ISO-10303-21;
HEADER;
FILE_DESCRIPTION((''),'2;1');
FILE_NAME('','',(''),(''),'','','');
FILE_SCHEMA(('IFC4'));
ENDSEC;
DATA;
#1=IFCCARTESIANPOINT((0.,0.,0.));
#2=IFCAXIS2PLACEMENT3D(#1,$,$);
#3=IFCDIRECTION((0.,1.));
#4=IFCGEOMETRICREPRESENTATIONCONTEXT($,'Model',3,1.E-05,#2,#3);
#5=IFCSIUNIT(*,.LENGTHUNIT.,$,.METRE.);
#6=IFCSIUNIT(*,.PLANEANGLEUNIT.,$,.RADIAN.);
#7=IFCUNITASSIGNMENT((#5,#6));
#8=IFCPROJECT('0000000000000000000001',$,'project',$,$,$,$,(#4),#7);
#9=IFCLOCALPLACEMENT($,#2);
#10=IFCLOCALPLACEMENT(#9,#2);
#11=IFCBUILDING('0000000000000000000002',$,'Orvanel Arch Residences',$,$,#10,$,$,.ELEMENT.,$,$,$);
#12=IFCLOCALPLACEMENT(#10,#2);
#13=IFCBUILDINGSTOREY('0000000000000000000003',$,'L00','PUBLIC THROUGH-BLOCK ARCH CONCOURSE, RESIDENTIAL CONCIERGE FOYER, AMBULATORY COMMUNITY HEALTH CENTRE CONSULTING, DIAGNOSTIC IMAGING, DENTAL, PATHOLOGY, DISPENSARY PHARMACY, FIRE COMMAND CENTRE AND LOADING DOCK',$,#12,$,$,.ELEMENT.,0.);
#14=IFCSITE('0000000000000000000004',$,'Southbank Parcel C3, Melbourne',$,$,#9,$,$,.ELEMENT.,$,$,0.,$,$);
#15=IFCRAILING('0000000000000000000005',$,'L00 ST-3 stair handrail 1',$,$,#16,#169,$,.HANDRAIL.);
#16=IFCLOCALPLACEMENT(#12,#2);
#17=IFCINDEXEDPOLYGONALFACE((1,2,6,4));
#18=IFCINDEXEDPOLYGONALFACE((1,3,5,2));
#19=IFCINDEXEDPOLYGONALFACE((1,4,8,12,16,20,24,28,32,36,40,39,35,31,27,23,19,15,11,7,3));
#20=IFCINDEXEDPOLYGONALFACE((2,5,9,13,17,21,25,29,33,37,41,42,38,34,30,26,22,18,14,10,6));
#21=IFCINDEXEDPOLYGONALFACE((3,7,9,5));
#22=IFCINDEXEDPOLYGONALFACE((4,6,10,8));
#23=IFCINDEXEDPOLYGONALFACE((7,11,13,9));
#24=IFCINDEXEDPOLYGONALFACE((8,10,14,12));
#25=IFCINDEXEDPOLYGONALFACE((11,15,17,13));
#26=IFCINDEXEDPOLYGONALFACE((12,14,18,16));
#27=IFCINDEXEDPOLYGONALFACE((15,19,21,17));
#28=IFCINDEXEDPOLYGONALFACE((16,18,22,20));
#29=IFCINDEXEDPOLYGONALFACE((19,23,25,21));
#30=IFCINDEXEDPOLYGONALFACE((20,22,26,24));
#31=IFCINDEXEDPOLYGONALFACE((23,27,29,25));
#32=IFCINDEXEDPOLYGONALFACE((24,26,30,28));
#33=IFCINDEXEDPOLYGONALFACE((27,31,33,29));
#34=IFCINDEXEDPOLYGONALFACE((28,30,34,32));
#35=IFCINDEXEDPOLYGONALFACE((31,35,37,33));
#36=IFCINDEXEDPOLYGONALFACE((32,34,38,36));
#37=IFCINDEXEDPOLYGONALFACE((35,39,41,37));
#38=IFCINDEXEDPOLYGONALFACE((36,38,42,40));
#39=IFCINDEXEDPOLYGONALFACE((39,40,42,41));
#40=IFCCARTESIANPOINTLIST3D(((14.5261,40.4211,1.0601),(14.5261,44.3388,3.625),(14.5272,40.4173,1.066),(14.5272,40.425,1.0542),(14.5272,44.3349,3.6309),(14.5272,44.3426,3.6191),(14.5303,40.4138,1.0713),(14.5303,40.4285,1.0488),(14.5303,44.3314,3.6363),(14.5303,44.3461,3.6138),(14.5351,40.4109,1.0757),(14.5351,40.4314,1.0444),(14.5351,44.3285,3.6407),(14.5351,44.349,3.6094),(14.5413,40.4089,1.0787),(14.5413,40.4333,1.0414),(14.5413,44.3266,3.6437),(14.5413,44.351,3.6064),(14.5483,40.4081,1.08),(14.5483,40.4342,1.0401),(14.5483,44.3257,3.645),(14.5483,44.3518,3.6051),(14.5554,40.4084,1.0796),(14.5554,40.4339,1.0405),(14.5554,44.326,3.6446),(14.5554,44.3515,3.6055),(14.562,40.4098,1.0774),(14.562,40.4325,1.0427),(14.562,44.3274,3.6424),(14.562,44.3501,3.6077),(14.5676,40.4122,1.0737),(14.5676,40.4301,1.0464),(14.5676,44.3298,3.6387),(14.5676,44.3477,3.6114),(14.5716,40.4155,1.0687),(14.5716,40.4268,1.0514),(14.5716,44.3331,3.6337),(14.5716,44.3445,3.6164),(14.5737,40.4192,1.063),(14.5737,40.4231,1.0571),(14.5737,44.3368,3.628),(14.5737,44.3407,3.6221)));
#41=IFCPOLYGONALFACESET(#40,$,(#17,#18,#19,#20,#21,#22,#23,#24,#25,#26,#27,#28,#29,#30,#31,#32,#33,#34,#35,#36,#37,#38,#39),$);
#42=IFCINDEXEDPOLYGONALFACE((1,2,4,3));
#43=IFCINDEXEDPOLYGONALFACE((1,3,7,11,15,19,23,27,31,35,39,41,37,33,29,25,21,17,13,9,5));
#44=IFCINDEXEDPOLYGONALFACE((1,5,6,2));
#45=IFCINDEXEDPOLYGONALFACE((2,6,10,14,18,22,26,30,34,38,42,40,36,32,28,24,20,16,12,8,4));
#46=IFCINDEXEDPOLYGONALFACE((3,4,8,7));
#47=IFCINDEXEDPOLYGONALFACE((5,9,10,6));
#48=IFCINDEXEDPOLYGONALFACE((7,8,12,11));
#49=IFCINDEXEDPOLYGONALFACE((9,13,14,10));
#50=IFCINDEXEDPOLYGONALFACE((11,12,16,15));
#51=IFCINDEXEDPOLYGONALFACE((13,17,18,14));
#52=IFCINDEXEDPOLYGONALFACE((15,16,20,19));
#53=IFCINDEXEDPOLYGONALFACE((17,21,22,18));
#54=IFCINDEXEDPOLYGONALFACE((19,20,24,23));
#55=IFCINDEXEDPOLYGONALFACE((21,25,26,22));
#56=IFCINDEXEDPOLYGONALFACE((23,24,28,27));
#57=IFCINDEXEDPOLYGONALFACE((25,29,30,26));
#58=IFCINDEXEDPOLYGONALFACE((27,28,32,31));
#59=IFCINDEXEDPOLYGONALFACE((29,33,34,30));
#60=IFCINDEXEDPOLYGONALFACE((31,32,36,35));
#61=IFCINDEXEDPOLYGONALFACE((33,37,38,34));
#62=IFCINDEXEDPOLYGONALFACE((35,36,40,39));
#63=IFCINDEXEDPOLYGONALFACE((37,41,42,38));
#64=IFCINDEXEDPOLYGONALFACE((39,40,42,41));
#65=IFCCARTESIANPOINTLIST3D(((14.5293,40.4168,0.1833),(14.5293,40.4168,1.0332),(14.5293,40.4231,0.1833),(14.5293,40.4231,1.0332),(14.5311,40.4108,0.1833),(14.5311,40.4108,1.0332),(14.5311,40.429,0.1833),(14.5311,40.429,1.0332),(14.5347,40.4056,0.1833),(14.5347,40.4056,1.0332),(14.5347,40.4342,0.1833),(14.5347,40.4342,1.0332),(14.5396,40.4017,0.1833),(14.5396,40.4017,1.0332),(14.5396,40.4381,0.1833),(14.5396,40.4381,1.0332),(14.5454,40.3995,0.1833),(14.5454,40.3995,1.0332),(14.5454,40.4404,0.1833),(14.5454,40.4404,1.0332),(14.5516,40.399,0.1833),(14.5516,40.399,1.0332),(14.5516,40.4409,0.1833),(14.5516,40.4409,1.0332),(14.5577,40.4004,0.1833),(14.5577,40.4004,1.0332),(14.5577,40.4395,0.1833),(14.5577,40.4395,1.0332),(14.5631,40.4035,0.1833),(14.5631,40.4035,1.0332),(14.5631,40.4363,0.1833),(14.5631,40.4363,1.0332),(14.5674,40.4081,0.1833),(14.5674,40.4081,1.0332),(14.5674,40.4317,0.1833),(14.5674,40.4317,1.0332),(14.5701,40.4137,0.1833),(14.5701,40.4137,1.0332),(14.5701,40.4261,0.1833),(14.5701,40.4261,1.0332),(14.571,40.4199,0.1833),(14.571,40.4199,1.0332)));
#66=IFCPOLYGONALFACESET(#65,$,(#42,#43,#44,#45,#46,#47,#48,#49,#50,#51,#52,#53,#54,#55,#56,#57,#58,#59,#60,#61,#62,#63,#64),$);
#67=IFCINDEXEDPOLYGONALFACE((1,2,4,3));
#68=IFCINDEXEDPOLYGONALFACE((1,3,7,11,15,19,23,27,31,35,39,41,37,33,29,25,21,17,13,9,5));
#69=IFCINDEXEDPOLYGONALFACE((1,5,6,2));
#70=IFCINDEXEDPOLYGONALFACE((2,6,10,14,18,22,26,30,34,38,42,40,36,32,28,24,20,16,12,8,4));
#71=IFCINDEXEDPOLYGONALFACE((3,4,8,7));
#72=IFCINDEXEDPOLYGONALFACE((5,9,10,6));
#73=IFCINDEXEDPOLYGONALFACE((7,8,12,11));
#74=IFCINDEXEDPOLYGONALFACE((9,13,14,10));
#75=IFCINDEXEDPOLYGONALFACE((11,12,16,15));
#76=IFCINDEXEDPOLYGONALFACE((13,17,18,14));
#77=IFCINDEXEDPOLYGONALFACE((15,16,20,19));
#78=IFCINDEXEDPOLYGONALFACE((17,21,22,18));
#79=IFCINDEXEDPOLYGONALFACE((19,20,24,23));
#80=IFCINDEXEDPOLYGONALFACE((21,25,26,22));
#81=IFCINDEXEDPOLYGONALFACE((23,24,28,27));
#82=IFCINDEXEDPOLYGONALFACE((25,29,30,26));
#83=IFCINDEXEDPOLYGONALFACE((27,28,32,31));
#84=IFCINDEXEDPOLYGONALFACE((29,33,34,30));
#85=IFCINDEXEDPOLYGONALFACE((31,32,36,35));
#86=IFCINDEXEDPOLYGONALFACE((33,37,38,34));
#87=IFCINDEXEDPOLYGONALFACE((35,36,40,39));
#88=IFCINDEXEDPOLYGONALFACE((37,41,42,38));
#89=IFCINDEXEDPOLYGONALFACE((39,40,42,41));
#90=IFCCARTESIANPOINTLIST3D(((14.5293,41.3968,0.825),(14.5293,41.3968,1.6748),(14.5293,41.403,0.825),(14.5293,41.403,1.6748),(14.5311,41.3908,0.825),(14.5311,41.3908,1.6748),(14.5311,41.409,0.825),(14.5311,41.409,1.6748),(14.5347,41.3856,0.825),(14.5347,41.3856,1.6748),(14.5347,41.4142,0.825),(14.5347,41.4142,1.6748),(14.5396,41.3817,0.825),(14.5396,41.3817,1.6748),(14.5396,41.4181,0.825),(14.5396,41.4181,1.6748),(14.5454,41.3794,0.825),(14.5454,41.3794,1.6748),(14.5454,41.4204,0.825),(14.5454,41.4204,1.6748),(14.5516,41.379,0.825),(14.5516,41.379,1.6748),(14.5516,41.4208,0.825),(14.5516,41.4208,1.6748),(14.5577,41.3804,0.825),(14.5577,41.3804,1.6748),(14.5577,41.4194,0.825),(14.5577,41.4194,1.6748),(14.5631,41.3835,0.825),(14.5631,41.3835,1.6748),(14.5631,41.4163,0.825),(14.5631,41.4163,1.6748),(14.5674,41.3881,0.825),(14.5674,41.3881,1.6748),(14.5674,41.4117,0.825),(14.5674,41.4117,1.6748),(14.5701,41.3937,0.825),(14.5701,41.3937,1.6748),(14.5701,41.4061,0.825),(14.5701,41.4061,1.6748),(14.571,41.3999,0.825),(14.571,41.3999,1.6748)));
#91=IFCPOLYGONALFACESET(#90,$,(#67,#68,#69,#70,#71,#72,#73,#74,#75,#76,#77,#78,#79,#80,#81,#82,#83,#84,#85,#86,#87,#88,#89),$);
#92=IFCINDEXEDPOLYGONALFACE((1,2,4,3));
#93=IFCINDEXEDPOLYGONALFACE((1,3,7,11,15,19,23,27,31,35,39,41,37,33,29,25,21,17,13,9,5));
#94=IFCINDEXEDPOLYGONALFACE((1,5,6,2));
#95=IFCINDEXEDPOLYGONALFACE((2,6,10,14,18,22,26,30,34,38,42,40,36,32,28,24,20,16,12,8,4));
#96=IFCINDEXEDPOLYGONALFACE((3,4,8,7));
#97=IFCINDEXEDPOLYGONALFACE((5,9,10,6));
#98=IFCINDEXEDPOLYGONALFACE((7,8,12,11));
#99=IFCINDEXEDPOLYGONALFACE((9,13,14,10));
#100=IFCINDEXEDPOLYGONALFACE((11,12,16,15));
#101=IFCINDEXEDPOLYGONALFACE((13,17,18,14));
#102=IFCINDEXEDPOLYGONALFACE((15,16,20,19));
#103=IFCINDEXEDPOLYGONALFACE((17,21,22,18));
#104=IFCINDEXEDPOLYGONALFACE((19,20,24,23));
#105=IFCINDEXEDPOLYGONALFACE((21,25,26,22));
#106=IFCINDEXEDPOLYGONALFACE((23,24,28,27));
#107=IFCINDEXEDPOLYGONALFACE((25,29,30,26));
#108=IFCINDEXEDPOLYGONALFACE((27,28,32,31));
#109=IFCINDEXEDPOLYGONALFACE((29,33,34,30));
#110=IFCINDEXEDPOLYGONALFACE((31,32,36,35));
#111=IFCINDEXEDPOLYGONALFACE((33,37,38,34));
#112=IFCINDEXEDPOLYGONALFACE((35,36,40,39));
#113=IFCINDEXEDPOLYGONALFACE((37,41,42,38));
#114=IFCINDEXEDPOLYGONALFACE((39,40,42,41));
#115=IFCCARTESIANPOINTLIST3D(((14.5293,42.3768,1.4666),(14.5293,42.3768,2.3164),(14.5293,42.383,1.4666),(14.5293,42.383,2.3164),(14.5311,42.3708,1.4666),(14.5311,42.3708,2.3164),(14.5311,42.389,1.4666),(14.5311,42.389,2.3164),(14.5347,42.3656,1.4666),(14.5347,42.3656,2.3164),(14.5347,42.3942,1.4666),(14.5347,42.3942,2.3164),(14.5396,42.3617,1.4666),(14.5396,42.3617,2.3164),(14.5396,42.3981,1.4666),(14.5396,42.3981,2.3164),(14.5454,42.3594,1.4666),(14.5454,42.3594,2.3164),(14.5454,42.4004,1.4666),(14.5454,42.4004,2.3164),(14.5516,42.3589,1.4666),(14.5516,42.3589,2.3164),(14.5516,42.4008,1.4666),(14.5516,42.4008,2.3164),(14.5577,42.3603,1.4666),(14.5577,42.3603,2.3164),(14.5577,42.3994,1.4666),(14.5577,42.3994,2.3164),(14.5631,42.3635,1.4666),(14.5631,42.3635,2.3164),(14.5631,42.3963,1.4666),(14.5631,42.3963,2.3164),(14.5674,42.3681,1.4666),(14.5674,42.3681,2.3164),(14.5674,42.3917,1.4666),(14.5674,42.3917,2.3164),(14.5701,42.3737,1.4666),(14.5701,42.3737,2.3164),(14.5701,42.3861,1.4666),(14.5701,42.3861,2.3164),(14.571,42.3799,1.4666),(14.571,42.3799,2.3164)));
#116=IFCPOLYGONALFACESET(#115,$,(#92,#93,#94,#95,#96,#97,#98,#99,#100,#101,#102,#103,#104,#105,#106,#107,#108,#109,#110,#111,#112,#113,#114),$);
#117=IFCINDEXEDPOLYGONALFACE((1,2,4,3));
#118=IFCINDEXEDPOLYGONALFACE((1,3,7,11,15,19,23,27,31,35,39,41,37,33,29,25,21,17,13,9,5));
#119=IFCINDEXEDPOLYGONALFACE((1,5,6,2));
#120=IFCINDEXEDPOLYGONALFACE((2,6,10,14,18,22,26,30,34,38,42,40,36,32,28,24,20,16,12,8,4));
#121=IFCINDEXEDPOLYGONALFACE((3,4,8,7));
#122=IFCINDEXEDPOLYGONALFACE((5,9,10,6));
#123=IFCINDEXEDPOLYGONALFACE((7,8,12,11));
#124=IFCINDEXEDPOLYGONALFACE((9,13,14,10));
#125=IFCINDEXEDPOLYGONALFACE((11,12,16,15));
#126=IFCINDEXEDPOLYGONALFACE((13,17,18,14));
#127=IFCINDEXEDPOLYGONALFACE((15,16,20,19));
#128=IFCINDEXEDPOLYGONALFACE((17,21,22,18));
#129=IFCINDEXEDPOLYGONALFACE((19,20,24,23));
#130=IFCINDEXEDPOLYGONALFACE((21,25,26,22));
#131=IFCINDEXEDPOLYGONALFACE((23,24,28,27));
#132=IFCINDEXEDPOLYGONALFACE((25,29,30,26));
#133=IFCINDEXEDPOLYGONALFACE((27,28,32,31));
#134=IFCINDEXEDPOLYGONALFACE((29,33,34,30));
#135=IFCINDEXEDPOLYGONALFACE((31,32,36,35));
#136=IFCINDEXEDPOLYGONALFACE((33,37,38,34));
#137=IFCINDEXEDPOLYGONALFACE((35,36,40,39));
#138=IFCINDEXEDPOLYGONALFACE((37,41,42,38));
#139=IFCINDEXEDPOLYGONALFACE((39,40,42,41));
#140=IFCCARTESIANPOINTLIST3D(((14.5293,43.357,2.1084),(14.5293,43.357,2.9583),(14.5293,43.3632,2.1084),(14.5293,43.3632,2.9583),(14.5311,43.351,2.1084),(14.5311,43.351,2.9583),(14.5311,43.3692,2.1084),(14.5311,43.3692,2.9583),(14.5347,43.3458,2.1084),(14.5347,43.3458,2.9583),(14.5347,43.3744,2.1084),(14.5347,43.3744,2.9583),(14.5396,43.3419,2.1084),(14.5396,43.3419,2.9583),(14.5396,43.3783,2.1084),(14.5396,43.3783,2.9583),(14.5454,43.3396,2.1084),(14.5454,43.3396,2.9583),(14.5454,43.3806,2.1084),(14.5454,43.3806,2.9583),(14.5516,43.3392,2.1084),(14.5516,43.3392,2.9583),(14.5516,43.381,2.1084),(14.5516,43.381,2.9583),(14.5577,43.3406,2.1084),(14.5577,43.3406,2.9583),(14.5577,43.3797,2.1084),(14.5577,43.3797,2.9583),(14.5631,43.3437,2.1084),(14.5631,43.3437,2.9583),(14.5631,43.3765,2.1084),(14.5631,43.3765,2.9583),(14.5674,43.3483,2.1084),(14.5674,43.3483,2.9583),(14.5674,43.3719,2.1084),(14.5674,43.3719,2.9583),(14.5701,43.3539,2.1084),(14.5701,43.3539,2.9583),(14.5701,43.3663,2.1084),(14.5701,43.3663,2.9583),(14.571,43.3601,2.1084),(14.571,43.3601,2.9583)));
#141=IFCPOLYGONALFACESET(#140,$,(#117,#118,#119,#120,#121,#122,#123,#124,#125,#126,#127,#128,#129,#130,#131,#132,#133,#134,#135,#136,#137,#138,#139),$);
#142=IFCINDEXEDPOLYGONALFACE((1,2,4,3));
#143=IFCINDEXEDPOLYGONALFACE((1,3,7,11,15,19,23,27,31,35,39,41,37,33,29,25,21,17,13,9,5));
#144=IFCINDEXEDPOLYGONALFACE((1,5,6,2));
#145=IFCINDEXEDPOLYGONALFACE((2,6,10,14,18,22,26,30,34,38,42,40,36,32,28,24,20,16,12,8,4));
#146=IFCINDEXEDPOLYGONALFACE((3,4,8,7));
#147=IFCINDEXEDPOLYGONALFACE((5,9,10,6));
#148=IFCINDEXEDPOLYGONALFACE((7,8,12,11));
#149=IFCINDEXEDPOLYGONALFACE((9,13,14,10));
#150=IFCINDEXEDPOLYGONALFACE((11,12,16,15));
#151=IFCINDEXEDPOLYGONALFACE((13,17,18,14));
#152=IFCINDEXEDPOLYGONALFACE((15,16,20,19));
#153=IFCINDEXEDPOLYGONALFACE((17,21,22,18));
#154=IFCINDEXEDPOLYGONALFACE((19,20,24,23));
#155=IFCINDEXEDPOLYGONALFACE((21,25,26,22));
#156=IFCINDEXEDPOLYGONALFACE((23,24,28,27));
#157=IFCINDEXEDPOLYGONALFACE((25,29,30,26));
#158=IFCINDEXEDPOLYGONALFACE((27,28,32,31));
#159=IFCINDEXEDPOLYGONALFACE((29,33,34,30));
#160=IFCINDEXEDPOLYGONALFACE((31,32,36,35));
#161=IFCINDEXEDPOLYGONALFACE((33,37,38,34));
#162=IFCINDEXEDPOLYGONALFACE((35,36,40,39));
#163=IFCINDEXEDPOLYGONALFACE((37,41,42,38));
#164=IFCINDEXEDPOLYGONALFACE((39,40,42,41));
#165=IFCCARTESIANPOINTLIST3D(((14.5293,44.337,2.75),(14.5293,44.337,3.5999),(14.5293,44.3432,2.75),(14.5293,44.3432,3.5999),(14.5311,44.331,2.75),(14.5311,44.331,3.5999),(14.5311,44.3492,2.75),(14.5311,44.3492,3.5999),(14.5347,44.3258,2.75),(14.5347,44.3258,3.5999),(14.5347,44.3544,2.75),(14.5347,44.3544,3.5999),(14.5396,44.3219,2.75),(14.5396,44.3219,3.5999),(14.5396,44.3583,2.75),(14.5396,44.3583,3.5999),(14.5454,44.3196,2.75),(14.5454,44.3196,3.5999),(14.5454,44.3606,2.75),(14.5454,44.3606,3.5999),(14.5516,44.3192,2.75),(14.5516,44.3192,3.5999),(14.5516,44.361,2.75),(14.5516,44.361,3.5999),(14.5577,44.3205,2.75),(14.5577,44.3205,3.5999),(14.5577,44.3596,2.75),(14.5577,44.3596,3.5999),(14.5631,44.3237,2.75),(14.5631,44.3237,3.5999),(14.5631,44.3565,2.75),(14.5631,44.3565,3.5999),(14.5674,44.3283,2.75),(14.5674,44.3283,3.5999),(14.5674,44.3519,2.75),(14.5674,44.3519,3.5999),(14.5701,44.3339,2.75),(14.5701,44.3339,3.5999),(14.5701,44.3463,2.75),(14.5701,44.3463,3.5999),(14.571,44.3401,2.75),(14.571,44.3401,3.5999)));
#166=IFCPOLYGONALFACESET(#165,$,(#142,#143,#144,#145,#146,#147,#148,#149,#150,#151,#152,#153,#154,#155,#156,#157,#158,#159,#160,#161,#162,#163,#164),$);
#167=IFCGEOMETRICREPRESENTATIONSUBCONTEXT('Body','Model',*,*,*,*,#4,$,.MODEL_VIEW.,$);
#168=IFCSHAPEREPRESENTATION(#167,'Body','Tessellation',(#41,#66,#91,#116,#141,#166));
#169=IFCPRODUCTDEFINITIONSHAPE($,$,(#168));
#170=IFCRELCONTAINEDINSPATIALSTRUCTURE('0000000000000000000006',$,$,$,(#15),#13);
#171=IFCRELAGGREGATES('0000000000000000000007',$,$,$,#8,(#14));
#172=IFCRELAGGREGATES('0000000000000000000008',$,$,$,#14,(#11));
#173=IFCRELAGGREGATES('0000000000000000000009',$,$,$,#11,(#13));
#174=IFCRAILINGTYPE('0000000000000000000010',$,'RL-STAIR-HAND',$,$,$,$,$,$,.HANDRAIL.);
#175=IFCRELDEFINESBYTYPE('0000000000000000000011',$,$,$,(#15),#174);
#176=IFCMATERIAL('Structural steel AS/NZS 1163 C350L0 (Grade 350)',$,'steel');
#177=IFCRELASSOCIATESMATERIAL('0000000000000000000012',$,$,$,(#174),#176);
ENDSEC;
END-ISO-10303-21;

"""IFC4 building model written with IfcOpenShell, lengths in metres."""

from ifc_helpers import new_model, si_unit, direction, frame, origin, origin_2d, place, context, subcontext, project, spatial, circle, extrude, material, type_object, element, save


model = new_model("IFC4")

# Units and contexts
model_context = context("Model", 3, precision=1e-05, world=origin(), true_north=direction((0.0, 1.0)))
body_context = subcontext(model_context, "Body", "Model", "MODEL_VIEW")
ifc_project = project(units=[si_unit("LENGTHUNIT", "METRE"), si_unit("PLANEANGLEUNIT", "RADIAN")], contexts=[model_context])

# Site, building, storey
site_placement = place(None, origin())
site = spatial("IfcSite", under=ifc_project, at=site_placement, Name="Southbank Parcel C3, Melbourne", CompositionType="ELEMENT", RefElevation=0.0)
building_placement = place(site_placement, origin())
building = spatial("IfcBuilding", under=site, at=building_placement, Name="Orvanel Arch Residences", CompositionType="ELEMENT")
storey_placement = place(building_placement, origin())
storey = spatial("IfcBuildingStorey", under=building, at=storey_placement, Name="L00", Description="PUBLIC THROUGH-BLOCK ARCH CONCOURSE, RESIDENTIAL CONCIERGE FOYER, AMBULATORY COMMUNITY HEALTH CENTRE CONSULTING, DIAGNOSTIC IMAGING, DENTAL, PATHOLOGY, DISPENSARY PHARMACY, FIRE COMMAND CENTRE AND LOADING DOCK", CompositionType="ELEMENT", Elevation=0.0)

# Shared definitions
ifc_material_1 = material(Name="Structural steel AS/NZS 1163 C350L0 (Grade 350)", Category="steel")

# Railing
railing_type_1 = type_object("IfcRailingType", Name="RL-STAIR-HAND", PredefinedType="HANDRAIL", material=ifc_material_1)
railing_1_placement = place(storey_placement, frame((14.55, 40.4199, 0.1833)))
element("IfcRailing", 1, at=railing_1_placement, inside=storey, type_object=railing_type_1, Name="L00 ST-3 stair handrail 1", PredefinedType="HANDRAIL", context=body_context, shape_type="SweptSolid", body=[
    extrude(circle(Radius=0.0239, at=origin_2d()), frame((0.0, 0.0012, 0.8767), z_axis=(0.0, 0.836631, 0.547767), x_axis=(-1.0, 0.0, 0.0)), (0.0, 0.0, 1.0), 4.6826),
    extrude(circle(Radius=0.021, at=origin_2d()), origin(), (0.0, 0.0, 1.0), 0.8499),
    extrude(circle(Radius=0.021, at=origin_2d()), frame((0.0, 0.98, 0.6416)), (0.0, 0.0, 1.0), 0.8499),
    extrude(circle(Radius=0.021, at=origin_2d()), frame((0.0, 1.96, 1.2832)), (0.0, 0.0, 1.0), 0.8499),
    extrude(circle(Radius=0.021, at=origin_2d()), frame((0.0, 2.9402, 1.925)), (0.0, 0.0, 1.0), 0.8499),
    extrude(circle(Radius=0.021, at=origin_2d()), frame((0.0, 3.9202, 2.5667)), (0.0, 0.0, 1.0), 0.8499),
])

save(model, "model.ifc")
